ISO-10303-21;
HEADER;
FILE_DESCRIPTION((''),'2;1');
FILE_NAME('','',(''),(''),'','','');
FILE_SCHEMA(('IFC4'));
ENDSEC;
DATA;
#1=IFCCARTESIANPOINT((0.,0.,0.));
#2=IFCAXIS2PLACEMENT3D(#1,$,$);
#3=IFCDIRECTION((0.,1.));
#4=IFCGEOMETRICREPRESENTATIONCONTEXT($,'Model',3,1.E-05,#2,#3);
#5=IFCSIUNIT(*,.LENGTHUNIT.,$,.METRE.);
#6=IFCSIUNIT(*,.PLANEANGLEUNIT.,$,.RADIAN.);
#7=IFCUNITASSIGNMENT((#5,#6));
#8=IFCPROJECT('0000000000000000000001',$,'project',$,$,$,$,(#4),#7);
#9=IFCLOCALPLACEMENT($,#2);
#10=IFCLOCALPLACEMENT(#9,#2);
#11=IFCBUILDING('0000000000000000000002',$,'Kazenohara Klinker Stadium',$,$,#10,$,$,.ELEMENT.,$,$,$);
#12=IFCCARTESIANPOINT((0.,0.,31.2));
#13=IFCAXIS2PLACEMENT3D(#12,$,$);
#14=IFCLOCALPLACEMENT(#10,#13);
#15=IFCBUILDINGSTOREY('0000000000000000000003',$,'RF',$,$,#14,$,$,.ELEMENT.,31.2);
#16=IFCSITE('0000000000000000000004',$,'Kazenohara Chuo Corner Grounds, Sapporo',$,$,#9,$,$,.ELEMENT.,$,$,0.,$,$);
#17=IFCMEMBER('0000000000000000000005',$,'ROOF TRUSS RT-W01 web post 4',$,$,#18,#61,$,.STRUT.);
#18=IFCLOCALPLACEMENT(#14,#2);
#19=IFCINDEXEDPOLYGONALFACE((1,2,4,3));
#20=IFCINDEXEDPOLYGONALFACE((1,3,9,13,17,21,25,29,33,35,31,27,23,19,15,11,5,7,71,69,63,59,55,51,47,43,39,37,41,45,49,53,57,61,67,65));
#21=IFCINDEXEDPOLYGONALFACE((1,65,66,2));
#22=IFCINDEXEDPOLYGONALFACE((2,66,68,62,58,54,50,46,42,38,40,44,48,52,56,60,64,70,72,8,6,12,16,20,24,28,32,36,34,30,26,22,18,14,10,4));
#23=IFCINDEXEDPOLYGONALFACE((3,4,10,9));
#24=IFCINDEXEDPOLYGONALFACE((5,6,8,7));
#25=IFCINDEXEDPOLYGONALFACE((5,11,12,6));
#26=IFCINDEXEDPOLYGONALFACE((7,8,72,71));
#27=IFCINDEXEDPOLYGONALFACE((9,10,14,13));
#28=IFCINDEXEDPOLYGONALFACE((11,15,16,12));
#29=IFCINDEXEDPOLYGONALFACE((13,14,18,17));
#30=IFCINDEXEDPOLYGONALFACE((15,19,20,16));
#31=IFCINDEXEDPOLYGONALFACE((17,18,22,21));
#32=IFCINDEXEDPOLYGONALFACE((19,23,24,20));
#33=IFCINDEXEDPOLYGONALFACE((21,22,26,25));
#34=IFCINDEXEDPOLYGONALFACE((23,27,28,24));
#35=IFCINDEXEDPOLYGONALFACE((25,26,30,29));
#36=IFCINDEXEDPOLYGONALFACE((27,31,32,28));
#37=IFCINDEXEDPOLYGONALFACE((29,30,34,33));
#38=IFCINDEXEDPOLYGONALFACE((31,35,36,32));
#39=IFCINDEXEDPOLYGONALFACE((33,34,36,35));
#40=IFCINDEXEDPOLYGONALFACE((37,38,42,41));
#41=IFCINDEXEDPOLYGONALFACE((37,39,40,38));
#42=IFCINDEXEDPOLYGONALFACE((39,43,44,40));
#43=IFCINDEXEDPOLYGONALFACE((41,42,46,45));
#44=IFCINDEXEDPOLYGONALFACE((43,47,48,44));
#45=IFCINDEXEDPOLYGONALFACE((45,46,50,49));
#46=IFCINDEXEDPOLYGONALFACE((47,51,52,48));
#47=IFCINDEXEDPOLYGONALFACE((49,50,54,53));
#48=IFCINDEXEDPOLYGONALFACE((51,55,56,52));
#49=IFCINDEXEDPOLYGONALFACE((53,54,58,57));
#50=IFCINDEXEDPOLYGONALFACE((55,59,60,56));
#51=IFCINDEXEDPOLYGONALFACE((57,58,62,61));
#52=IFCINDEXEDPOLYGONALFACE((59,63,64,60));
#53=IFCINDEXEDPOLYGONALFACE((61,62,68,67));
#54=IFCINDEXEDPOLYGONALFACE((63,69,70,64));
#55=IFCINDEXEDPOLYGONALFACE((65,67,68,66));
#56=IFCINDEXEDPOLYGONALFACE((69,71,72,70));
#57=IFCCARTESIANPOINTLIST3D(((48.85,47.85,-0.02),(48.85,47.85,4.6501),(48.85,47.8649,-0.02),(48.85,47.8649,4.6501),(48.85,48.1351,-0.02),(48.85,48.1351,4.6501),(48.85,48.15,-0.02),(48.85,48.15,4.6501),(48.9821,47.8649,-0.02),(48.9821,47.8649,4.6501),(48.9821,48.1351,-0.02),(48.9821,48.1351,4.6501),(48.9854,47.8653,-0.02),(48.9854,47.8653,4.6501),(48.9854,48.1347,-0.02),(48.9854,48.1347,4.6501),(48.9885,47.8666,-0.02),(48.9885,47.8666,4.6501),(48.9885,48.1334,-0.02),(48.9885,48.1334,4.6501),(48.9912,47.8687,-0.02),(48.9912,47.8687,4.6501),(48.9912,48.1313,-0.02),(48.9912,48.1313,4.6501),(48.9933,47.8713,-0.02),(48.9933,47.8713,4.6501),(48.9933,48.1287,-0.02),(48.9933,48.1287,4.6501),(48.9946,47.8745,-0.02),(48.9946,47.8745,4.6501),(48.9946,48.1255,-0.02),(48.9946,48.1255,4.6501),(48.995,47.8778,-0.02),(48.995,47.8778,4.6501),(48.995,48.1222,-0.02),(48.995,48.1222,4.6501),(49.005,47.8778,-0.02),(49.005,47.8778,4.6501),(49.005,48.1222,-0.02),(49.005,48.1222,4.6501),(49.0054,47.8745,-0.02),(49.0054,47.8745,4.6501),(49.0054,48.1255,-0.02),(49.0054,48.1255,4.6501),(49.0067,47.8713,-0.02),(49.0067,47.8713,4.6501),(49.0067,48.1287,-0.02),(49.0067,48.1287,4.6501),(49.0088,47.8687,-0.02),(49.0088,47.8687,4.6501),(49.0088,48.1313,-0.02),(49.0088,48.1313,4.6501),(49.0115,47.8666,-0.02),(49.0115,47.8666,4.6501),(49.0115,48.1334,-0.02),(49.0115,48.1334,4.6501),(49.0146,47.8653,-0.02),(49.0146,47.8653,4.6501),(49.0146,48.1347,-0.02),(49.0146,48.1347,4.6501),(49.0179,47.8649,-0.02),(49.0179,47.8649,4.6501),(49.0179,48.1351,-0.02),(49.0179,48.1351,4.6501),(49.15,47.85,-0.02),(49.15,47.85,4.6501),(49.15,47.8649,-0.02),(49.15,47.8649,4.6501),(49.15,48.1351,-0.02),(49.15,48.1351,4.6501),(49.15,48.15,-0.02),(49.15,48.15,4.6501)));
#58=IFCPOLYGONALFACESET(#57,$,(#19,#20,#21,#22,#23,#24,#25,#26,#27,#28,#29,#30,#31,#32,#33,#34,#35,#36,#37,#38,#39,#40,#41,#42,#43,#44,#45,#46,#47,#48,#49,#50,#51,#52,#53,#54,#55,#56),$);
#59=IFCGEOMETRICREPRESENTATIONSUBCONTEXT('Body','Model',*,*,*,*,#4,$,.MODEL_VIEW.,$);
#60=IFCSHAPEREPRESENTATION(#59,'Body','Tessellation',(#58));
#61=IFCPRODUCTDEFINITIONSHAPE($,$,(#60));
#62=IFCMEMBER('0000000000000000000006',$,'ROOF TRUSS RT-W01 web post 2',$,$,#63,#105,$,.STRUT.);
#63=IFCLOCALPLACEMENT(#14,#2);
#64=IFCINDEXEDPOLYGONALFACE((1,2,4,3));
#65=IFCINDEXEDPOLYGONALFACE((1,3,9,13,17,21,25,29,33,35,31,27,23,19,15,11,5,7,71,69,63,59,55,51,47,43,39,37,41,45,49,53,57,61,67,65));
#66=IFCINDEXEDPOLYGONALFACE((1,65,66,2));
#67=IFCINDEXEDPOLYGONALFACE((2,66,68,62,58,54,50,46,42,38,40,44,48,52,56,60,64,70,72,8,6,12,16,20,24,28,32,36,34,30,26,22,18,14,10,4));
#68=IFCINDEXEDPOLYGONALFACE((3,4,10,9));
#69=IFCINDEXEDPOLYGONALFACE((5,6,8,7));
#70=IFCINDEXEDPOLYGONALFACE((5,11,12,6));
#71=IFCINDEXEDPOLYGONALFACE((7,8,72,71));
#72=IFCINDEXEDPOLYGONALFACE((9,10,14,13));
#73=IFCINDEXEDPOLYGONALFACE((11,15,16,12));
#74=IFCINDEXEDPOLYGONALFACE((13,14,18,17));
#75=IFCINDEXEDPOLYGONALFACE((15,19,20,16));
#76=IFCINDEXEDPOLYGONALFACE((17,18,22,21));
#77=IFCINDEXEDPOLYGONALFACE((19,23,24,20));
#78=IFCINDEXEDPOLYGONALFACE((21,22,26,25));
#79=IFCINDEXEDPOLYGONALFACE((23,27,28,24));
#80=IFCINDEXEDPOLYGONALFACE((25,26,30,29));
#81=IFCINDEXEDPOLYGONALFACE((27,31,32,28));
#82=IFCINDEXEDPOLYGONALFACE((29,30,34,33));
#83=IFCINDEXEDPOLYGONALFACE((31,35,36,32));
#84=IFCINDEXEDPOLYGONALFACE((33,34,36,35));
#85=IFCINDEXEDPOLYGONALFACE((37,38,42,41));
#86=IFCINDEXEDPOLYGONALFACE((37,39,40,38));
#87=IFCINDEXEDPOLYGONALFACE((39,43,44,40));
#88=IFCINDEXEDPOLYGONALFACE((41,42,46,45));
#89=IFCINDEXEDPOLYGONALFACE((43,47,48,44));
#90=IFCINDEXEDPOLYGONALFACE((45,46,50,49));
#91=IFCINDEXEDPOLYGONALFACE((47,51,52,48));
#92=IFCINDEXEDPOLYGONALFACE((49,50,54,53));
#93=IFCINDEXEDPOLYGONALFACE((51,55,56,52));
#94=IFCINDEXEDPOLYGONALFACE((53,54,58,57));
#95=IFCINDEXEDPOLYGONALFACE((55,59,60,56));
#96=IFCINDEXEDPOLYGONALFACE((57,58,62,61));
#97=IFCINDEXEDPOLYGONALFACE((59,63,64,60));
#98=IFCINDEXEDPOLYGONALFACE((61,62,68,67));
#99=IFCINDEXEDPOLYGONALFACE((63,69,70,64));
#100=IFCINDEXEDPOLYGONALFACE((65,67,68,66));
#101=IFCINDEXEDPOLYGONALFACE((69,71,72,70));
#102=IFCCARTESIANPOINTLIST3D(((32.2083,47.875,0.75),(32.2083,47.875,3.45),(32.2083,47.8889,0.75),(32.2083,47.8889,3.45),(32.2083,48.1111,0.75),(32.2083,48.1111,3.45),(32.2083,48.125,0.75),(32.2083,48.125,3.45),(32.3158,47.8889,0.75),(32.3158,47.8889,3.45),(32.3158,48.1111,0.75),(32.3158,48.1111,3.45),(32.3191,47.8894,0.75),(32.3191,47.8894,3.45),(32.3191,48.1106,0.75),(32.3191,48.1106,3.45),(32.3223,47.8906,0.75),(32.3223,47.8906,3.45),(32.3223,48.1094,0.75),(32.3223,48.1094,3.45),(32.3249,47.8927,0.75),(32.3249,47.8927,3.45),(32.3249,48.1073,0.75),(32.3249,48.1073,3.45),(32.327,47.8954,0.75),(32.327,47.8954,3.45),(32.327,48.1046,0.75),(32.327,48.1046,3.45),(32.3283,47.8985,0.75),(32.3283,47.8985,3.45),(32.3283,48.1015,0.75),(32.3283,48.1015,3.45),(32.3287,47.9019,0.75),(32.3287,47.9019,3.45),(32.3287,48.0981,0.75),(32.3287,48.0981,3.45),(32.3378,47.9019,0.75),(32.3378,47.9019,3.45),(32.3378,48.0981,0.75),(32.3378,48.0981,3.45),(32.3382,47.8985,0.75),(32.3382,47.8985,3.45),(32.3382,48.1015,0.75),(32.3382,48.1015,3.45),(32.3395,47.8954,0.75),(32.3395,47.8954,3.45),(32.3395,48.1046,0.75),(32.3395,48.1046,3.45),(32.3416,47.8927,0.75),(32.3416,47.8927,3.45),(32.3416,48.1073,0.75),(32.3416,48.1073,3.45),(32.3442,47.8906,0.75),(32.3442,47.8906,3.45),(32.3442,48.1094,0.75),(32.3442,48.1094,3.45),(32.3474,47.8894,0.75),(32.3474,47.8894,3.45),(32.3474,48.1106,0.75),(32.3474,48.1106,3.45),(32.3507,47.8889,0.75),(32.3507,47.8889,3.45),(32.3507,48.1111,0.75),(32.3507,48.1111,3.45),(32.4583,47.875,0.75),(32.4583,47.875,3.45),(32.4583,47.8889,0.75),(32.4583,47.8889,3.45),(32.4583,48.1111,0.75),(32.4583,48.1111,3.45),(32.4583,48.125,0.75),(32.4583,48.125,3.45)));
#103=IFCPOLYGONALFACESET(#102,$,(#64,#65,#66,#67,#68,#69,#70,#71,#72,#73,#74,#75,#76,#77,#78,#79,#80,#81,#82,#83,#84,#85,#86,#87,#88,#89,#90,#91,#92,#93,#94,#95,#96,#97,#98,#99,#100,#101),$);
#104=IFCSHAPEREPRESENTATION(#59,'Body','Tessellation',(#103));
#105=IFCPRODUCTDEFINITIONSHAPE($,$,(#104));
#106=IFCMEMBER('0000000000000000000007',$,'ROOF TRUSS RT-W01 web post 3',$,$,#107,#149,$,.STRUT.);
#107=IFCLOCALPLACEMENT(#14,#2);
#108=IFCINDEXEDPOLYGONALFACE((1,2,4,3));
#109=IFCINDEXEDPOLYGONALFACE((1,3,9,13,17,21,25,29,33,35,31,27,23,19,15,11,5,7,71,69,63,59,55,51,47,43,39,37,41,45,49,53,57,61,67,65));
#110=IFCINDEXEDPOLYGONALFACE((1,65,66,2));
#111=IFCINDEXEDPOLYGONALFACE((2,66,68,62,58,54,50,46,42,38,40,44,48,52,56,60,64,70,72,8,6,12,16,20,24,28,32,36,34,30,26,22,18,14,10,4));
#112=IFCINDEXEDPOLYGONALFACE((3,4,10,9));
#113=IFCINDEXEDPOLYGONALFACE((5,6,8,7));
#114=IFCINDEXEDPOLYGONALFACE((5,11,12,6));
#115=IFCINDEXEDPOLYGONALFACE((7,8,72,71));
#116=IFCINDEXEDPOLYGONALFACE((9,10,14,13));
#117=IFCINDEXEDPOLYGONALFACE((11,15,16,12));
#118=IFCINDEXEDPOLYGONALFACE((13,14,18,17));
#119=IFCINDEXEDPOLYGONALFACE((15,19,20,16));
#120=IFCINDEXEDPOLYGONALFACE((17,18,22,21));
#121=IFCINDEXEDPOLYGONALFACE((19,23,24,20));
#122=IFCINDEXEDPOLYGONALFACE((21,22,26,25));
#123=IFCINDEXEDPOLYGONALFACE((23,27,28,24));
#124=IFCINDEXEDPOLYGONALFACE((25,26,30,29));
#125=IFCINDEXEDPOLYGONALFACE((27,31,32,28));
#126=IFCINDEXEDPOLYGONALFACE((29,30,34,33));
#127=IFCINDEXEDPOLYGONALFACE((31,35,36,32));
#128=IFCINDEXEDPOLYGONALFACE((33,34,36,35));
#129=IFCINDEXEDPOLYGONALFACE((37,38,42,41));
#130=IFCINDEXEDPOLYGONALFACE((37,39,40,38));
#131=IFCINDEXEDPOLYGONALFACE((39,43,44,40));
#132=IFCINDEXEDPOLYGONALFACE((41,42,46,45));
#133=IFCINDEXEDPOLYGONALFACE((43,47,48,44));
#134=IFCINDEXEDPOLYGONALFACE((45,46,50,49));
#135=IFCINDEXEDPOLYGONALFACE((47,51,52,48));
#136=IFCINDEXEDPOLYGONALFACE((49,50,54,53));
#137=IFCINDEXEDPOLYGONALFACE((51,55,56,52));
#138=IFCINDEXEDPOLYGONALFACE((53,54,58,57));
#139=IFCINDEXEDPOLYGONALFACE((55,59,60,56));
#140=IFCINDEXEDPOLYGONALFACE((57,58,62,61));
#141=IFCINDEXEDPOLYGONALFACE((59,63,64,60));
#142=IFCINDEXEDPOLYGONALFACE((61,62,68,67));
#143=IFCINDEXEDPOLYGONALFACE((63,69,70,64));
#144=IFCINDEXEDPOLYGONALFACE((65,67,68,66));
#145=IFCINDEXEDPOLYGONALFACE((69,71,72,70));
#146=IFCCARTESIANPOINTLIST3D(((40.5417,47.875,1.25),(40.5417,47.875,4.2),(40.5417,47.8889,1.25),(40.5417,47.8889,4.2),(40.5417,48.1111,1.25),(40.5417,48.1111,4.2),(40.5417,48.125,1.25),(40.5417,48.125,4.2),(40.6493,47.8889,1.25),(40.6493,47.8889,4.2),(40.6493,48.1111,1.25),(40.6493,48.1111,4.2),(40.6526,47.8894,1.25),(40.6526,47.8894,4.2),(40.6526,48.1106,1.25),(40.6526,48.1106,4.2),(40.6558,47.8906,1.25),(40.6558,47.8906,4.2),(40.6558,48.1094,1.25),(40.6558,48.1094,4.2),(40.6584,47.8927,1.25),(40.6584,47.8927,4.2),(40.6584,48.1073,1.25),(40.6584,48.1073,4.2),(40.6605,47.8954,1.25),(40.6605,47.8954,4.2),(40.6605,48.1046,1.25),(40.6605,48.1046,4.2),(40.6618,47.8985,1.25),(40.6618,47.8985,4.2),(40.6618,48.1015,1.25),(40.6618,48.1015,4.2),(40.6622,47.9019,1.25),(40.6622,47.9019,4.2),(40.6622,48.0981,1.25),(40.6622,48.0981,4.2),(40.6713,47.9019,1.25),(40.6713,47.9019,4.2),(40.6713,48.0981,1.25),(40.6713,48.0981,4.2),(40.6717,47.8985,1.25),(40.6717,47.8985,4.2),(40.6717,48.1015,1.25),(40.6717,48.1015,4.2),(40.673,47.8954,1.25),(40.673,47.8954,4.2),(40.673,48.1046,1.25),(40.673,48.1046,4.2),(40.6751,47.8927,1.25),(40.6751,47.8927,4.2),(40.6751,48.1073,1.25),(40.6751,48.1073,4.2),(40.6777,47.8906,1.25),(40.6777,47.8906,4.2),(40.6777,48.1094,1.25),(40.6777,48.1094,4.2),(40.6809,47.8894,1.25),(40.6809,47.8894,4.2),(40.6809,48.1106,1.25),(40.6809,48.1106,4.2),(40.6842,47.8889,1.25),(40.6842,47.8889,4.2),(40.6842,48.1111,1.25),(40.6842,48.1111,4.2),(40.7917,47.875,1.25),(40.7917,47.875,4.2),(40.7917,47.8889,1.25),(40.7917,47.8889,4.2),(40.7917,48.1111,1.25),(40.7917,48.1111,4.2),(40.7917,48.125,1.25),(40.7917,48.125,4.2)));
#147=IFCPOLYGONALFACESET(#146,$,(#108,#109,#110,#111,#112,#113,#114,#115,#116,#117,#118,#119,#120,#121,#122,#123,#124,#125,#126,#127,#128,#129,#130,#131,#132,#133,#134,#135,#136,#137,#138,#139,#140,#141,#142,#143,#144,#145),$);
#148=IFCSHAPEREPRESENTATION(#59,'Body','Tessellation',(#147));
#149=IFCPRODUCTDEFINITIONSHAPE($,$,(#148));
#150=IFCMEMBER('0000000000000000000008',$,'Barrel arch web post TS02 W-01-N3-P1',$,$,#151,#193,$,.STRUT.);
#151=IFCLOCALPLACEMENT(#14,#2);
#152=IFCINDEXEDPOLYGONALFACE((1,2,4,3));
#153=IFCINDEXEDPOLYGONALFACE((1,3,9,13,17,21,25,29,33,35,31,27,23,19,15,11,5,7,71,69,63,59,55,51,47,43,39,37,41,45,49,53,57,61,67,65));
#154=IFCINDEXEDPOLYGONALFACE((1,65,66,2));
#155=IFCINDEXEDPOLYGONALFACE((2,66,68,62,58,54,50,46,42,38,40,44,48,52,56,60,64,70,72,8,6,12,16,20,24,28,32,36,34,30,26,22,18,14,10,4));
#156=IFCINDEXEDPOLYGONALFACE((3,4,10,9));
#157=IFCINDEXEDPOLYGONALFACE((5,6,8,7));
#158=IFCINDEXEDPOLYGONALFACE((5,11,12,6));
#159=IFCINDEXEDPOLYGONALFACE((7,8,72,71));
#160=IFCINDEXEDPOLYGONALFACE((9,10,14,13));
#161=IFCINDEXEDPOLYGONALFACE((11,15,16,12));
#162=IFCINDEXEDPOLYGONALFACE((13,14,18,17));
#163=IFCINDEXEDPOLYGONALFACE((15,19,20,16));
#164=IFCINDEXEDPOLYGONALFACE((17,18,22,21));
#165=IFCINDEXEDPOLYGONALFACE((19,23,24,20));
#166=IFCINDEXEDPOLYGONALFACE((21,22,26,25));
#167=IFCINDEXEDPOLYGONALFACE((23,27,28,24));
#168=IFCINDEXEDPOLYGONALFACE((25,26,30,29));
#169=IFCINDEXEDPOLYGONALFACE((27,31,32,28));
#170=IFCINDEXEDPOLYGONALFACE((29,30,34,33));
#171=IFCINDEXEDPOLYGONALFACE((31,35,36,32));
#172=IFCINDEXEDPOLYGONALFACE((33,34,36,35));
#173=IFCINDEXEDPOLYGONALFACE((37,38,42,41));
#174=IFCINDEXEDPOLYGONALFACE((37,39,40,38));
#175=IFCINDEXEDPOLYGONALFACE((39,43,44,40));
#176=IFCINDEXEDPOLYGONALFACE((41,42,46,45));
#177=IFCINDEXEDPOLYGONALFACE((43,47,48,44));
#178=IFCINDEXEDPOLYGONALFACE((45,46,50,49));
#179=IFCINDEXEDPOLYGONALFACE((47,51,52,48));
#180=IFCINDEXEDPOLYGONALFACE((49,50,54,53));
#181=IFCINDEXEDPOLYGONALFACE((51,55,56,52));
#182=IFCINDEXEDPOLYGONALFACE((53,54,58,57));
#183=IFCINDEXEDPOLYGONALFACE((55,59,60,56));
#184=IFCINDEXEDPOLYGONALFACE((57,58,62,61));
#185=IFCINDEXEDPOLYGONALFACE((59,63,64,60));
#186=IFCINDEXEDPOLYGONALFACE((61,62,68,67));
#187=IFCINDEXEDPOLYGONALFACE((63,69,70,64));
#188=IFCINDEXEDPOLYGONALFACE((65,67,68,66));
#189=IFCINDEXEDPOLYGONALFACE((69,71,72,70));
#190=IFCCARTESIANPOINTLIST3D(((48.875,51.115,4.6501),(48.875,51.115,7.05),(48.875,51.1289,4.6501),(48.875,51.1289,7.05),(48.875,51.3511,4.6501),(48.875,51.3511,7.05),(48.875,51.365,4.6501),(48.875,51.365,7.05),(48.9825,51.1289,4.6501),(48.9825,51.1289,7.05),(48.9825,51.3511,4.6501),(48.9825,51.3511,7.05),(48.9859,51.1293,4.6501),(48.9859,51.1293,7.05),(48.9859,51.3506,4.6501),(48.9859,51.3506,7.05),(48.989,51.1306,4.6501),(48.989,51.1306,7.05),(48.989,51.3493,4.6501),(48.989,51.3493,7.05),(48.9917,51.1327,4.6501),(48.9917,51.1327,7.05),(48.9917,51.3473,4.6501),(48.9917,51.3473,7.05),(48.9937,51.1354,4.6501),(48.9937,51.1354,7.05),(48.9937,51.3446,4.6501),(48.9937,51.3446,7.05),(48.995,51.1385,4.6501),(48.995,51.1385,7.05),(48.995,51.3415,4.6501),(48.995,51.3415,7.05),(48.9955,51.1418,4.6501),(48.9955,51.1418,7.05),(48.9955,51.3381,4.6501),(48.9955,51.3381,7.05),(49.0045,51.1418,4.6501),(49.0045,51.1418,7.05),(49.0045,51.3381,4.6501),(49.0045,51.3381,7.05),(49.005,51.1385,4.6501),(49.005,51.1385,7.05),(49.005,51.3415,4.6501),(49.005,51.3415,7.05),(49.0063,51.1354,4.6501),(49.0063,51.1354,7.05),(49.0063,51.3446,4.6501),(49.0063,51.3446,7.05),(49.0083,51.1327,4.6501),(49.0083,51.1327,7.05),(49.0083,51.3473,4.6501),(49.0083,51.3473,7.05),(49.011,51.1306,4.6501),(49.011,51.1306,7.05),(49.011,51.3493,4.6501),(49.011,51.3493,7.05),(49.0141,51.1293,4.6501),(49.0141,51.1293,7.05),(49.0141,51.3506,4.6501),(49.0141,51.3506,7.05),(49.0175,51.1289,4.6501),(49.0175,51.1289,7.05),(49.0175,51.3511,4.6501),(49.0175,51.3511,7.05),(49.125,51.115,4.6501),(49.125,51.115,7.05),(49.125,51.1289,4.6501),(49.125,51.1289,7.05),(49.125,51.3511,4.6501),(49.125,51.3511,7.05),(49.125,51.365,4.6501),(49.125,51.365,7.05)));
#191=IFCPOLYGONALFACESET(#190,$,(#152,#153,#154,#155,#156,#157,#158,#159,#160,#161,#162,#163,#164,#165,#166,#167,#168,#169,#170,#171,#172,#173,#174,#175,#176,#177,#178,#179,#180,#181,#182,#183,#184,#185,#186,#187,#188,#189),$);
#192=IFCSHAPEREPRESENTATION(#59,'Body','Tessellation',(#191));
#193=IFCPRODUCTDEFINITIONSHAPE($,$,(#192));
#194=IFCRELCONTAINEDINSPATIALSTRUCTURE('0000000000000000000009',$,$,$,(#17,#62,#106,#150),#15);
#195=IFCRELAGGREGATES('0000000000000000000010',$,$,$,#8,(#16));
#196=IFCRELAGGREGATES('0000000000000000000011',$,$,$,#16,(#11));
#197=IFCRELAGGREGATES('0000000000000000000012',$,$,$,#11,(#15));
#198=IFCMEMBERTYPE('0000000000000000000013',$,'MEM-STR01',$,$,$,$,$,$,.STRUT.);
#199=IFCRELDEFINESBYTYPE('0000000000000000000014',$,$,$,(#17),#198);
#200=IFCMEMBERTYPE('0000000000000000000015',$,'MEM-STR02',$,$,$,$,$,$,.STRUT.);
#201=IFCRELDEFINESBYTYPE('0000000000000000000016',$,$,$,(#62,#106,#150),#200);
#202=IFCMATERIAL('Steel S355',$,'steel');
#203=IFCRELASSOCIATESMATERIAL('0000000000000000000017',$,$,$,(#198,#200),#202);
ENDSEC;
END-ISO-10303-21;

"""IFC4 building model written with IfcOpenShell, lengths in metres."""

from ifc_helpers import new_model, si_unit, direction, frame, origin, origin_2d, place, context, subcontext, project, spatial, i_section, extrude, material, material_profile, profile_set, type_object, element, save


model = new_model("IFC4")

# Units and contexts
model_context = context("Model", 3, precision=1e-05, world=origin(), true_north=direction((0.0, 1.0)))
body_context = subcontext(model_context, "Body", "Model", "MODEL_VIEW")
ifc_project = project(units=[si_unit("LENGTHUNIT", "METRE"), si_unit("PLANEANGLEUNIT", "RADIAN")], contexts=[model_context])

# Site, building, storey
site_placement = place(None, origin())
site = spatial("IfcSite", under=ifc_project, at=site_placement, Name="Kazenohara Chuo Corner Grounds, Sapporo", CompositionType="ELEMENT", RefElevation=0.0)
building_placement = place(site_placement, origin())
building = spatial("IfcBuilding", under=site, at=building_placement, Name="Kazenohara Klinker Stadium", CompositionType="ELEMENT")
storey_placement = place(building_placement, frame((0.0, 0.0, 31.2)))
storey = spatial("IfcBuildingStorey", under=building, at=storey_placement, Name="RF", CompositionType="ELEMENT", Elevation=31.2)

# Members
ifc_material_1 = material(Name="Steel S355", Category="steel")
ifc_material_profile_1 = material_profile(ifc_material_1, i_section(OverallWidth=0.3, OverallDepth=0.3, WebThickness=0.01, FlangeThickness=0.0149, FilletRadius=0.0129, at=origin_2d()), Name="H-300x300x10x15")
ifc_profile_set_1 = profile_set([ifc_material_profile_1], Name="Steel S355")
member_type_1 = type_object("IfcMemberType", Name="MEM-STR01", PredefinedType="STRUT", material=ifc_profile_set_1)
member_1_placement = place(storey_placement, frame((49.0, 48.0, -0.02), z_axis=(0.0, 0.0, 1.0), x_axis=(1.0, 0.0, 0.0)))
element("IfcMember", 1, at=member_1_placement, inside=storey, type_object=member_type_1, Name="ROOF TRUSS RT-W01 web post 4", PredefinedType="STRUT", context=body_context, shape_type="SweptSolid", body=[
    extrude(i_section(OverallWidth=0.3, OverallDepth=0.3, WebThickness=0.01, FlangeThickness=0.0149, FilletRadius=0.0129, at=origin_2d()), origin(), (0.0, 0.0, 1.0), 4.6702),
])
ifc_material_profile_2 = material_profile(ifc_material_1, i_section(OverallWidth=0.25, OverallDepth=0.25, WebThickness=0.009, FlangeThickness=0.0139, FilletRadius=0.0129, at=origin_2d()), Name="H-250x250x9x14")
ifc_profile_set_2 = profile_set([ifc_material_profile_2], Name="Steel S355")
member_type_2 = type_object("IfcMemberType", Name="MEM-STR02", PredefinedType="STRUT", material=ifc_profile_set_2)
member_2_placement = place(storey_placement, frame((32.3333, 48.0, 0.75), z_axis=(0.0, 0.0, 1.0), x_axis=(1.0, 0.0, 0.0)))
element("IfcMember", 2, at=member_2_placement, inside=storey, type_object=member_type_2, Name="ROOF TRUSS RT-W01 web post 2", PredefinedType="STRUT", context=body_context, shape_type="SweptSolid", body=[
    extrude(i_section(OverallWidth=0.25, OverallDepth=0.25, WebThickness=0.009, FlangeThickness=0.0139, FilletRadius=0.0129, at=origin_2d()), origin(), (0.0, 0.0, 1.0), 2.7),
])
member_3_placement = place(storey_placement, frame((40.6667, 48.0, 1.25), z_axis=(0.0, 0.0, 1.0), x_axis=(1.0, 0.0, 0.0)))
element("IfcMember", 3, at=member_3_placement, inside=storey, type_object=member_type_2, Name="ROOF TRUSS RT-W01 web post 3", PredefinedType="STRUT", context=body_context, shape_type="SweptSolid", body=[
    extrude(i_section(OverallWidth=0.25, OverallDepth=0.25, WebThickness=0.009, FlangeThickness=0.0139, FilletRadius=0.0129, at=origin_2d()), origin(), (0.0, 0.0, 1.0), 2.95),
])
member_4_placement = place(storey_placement, frame((49.0, 51.24, 4.6501), z_axis=(0.0, 0.0, 1.0), x_axis=(1.0, 0.0, 0.0)))
element("IfcMember", 4, at=member_4_placement, inside=storey, type_object=member_type_2, Name="Barrel arch web post TS02 W-01-N3-P1", PredefinedType="STRUT", context=body_context, shape_type="SweptSolid", body=[
    extrude(i_section(OverallWidth=0.25, OverallDepth=0.25, WebThickness=0.009, FlangeThickness=0.0139, FilletRadius=0.0129, at=origin_2d()), origin(), (0.0, 0.0, 1.0), 2.3999),
])

save(model, "model.ifc")
